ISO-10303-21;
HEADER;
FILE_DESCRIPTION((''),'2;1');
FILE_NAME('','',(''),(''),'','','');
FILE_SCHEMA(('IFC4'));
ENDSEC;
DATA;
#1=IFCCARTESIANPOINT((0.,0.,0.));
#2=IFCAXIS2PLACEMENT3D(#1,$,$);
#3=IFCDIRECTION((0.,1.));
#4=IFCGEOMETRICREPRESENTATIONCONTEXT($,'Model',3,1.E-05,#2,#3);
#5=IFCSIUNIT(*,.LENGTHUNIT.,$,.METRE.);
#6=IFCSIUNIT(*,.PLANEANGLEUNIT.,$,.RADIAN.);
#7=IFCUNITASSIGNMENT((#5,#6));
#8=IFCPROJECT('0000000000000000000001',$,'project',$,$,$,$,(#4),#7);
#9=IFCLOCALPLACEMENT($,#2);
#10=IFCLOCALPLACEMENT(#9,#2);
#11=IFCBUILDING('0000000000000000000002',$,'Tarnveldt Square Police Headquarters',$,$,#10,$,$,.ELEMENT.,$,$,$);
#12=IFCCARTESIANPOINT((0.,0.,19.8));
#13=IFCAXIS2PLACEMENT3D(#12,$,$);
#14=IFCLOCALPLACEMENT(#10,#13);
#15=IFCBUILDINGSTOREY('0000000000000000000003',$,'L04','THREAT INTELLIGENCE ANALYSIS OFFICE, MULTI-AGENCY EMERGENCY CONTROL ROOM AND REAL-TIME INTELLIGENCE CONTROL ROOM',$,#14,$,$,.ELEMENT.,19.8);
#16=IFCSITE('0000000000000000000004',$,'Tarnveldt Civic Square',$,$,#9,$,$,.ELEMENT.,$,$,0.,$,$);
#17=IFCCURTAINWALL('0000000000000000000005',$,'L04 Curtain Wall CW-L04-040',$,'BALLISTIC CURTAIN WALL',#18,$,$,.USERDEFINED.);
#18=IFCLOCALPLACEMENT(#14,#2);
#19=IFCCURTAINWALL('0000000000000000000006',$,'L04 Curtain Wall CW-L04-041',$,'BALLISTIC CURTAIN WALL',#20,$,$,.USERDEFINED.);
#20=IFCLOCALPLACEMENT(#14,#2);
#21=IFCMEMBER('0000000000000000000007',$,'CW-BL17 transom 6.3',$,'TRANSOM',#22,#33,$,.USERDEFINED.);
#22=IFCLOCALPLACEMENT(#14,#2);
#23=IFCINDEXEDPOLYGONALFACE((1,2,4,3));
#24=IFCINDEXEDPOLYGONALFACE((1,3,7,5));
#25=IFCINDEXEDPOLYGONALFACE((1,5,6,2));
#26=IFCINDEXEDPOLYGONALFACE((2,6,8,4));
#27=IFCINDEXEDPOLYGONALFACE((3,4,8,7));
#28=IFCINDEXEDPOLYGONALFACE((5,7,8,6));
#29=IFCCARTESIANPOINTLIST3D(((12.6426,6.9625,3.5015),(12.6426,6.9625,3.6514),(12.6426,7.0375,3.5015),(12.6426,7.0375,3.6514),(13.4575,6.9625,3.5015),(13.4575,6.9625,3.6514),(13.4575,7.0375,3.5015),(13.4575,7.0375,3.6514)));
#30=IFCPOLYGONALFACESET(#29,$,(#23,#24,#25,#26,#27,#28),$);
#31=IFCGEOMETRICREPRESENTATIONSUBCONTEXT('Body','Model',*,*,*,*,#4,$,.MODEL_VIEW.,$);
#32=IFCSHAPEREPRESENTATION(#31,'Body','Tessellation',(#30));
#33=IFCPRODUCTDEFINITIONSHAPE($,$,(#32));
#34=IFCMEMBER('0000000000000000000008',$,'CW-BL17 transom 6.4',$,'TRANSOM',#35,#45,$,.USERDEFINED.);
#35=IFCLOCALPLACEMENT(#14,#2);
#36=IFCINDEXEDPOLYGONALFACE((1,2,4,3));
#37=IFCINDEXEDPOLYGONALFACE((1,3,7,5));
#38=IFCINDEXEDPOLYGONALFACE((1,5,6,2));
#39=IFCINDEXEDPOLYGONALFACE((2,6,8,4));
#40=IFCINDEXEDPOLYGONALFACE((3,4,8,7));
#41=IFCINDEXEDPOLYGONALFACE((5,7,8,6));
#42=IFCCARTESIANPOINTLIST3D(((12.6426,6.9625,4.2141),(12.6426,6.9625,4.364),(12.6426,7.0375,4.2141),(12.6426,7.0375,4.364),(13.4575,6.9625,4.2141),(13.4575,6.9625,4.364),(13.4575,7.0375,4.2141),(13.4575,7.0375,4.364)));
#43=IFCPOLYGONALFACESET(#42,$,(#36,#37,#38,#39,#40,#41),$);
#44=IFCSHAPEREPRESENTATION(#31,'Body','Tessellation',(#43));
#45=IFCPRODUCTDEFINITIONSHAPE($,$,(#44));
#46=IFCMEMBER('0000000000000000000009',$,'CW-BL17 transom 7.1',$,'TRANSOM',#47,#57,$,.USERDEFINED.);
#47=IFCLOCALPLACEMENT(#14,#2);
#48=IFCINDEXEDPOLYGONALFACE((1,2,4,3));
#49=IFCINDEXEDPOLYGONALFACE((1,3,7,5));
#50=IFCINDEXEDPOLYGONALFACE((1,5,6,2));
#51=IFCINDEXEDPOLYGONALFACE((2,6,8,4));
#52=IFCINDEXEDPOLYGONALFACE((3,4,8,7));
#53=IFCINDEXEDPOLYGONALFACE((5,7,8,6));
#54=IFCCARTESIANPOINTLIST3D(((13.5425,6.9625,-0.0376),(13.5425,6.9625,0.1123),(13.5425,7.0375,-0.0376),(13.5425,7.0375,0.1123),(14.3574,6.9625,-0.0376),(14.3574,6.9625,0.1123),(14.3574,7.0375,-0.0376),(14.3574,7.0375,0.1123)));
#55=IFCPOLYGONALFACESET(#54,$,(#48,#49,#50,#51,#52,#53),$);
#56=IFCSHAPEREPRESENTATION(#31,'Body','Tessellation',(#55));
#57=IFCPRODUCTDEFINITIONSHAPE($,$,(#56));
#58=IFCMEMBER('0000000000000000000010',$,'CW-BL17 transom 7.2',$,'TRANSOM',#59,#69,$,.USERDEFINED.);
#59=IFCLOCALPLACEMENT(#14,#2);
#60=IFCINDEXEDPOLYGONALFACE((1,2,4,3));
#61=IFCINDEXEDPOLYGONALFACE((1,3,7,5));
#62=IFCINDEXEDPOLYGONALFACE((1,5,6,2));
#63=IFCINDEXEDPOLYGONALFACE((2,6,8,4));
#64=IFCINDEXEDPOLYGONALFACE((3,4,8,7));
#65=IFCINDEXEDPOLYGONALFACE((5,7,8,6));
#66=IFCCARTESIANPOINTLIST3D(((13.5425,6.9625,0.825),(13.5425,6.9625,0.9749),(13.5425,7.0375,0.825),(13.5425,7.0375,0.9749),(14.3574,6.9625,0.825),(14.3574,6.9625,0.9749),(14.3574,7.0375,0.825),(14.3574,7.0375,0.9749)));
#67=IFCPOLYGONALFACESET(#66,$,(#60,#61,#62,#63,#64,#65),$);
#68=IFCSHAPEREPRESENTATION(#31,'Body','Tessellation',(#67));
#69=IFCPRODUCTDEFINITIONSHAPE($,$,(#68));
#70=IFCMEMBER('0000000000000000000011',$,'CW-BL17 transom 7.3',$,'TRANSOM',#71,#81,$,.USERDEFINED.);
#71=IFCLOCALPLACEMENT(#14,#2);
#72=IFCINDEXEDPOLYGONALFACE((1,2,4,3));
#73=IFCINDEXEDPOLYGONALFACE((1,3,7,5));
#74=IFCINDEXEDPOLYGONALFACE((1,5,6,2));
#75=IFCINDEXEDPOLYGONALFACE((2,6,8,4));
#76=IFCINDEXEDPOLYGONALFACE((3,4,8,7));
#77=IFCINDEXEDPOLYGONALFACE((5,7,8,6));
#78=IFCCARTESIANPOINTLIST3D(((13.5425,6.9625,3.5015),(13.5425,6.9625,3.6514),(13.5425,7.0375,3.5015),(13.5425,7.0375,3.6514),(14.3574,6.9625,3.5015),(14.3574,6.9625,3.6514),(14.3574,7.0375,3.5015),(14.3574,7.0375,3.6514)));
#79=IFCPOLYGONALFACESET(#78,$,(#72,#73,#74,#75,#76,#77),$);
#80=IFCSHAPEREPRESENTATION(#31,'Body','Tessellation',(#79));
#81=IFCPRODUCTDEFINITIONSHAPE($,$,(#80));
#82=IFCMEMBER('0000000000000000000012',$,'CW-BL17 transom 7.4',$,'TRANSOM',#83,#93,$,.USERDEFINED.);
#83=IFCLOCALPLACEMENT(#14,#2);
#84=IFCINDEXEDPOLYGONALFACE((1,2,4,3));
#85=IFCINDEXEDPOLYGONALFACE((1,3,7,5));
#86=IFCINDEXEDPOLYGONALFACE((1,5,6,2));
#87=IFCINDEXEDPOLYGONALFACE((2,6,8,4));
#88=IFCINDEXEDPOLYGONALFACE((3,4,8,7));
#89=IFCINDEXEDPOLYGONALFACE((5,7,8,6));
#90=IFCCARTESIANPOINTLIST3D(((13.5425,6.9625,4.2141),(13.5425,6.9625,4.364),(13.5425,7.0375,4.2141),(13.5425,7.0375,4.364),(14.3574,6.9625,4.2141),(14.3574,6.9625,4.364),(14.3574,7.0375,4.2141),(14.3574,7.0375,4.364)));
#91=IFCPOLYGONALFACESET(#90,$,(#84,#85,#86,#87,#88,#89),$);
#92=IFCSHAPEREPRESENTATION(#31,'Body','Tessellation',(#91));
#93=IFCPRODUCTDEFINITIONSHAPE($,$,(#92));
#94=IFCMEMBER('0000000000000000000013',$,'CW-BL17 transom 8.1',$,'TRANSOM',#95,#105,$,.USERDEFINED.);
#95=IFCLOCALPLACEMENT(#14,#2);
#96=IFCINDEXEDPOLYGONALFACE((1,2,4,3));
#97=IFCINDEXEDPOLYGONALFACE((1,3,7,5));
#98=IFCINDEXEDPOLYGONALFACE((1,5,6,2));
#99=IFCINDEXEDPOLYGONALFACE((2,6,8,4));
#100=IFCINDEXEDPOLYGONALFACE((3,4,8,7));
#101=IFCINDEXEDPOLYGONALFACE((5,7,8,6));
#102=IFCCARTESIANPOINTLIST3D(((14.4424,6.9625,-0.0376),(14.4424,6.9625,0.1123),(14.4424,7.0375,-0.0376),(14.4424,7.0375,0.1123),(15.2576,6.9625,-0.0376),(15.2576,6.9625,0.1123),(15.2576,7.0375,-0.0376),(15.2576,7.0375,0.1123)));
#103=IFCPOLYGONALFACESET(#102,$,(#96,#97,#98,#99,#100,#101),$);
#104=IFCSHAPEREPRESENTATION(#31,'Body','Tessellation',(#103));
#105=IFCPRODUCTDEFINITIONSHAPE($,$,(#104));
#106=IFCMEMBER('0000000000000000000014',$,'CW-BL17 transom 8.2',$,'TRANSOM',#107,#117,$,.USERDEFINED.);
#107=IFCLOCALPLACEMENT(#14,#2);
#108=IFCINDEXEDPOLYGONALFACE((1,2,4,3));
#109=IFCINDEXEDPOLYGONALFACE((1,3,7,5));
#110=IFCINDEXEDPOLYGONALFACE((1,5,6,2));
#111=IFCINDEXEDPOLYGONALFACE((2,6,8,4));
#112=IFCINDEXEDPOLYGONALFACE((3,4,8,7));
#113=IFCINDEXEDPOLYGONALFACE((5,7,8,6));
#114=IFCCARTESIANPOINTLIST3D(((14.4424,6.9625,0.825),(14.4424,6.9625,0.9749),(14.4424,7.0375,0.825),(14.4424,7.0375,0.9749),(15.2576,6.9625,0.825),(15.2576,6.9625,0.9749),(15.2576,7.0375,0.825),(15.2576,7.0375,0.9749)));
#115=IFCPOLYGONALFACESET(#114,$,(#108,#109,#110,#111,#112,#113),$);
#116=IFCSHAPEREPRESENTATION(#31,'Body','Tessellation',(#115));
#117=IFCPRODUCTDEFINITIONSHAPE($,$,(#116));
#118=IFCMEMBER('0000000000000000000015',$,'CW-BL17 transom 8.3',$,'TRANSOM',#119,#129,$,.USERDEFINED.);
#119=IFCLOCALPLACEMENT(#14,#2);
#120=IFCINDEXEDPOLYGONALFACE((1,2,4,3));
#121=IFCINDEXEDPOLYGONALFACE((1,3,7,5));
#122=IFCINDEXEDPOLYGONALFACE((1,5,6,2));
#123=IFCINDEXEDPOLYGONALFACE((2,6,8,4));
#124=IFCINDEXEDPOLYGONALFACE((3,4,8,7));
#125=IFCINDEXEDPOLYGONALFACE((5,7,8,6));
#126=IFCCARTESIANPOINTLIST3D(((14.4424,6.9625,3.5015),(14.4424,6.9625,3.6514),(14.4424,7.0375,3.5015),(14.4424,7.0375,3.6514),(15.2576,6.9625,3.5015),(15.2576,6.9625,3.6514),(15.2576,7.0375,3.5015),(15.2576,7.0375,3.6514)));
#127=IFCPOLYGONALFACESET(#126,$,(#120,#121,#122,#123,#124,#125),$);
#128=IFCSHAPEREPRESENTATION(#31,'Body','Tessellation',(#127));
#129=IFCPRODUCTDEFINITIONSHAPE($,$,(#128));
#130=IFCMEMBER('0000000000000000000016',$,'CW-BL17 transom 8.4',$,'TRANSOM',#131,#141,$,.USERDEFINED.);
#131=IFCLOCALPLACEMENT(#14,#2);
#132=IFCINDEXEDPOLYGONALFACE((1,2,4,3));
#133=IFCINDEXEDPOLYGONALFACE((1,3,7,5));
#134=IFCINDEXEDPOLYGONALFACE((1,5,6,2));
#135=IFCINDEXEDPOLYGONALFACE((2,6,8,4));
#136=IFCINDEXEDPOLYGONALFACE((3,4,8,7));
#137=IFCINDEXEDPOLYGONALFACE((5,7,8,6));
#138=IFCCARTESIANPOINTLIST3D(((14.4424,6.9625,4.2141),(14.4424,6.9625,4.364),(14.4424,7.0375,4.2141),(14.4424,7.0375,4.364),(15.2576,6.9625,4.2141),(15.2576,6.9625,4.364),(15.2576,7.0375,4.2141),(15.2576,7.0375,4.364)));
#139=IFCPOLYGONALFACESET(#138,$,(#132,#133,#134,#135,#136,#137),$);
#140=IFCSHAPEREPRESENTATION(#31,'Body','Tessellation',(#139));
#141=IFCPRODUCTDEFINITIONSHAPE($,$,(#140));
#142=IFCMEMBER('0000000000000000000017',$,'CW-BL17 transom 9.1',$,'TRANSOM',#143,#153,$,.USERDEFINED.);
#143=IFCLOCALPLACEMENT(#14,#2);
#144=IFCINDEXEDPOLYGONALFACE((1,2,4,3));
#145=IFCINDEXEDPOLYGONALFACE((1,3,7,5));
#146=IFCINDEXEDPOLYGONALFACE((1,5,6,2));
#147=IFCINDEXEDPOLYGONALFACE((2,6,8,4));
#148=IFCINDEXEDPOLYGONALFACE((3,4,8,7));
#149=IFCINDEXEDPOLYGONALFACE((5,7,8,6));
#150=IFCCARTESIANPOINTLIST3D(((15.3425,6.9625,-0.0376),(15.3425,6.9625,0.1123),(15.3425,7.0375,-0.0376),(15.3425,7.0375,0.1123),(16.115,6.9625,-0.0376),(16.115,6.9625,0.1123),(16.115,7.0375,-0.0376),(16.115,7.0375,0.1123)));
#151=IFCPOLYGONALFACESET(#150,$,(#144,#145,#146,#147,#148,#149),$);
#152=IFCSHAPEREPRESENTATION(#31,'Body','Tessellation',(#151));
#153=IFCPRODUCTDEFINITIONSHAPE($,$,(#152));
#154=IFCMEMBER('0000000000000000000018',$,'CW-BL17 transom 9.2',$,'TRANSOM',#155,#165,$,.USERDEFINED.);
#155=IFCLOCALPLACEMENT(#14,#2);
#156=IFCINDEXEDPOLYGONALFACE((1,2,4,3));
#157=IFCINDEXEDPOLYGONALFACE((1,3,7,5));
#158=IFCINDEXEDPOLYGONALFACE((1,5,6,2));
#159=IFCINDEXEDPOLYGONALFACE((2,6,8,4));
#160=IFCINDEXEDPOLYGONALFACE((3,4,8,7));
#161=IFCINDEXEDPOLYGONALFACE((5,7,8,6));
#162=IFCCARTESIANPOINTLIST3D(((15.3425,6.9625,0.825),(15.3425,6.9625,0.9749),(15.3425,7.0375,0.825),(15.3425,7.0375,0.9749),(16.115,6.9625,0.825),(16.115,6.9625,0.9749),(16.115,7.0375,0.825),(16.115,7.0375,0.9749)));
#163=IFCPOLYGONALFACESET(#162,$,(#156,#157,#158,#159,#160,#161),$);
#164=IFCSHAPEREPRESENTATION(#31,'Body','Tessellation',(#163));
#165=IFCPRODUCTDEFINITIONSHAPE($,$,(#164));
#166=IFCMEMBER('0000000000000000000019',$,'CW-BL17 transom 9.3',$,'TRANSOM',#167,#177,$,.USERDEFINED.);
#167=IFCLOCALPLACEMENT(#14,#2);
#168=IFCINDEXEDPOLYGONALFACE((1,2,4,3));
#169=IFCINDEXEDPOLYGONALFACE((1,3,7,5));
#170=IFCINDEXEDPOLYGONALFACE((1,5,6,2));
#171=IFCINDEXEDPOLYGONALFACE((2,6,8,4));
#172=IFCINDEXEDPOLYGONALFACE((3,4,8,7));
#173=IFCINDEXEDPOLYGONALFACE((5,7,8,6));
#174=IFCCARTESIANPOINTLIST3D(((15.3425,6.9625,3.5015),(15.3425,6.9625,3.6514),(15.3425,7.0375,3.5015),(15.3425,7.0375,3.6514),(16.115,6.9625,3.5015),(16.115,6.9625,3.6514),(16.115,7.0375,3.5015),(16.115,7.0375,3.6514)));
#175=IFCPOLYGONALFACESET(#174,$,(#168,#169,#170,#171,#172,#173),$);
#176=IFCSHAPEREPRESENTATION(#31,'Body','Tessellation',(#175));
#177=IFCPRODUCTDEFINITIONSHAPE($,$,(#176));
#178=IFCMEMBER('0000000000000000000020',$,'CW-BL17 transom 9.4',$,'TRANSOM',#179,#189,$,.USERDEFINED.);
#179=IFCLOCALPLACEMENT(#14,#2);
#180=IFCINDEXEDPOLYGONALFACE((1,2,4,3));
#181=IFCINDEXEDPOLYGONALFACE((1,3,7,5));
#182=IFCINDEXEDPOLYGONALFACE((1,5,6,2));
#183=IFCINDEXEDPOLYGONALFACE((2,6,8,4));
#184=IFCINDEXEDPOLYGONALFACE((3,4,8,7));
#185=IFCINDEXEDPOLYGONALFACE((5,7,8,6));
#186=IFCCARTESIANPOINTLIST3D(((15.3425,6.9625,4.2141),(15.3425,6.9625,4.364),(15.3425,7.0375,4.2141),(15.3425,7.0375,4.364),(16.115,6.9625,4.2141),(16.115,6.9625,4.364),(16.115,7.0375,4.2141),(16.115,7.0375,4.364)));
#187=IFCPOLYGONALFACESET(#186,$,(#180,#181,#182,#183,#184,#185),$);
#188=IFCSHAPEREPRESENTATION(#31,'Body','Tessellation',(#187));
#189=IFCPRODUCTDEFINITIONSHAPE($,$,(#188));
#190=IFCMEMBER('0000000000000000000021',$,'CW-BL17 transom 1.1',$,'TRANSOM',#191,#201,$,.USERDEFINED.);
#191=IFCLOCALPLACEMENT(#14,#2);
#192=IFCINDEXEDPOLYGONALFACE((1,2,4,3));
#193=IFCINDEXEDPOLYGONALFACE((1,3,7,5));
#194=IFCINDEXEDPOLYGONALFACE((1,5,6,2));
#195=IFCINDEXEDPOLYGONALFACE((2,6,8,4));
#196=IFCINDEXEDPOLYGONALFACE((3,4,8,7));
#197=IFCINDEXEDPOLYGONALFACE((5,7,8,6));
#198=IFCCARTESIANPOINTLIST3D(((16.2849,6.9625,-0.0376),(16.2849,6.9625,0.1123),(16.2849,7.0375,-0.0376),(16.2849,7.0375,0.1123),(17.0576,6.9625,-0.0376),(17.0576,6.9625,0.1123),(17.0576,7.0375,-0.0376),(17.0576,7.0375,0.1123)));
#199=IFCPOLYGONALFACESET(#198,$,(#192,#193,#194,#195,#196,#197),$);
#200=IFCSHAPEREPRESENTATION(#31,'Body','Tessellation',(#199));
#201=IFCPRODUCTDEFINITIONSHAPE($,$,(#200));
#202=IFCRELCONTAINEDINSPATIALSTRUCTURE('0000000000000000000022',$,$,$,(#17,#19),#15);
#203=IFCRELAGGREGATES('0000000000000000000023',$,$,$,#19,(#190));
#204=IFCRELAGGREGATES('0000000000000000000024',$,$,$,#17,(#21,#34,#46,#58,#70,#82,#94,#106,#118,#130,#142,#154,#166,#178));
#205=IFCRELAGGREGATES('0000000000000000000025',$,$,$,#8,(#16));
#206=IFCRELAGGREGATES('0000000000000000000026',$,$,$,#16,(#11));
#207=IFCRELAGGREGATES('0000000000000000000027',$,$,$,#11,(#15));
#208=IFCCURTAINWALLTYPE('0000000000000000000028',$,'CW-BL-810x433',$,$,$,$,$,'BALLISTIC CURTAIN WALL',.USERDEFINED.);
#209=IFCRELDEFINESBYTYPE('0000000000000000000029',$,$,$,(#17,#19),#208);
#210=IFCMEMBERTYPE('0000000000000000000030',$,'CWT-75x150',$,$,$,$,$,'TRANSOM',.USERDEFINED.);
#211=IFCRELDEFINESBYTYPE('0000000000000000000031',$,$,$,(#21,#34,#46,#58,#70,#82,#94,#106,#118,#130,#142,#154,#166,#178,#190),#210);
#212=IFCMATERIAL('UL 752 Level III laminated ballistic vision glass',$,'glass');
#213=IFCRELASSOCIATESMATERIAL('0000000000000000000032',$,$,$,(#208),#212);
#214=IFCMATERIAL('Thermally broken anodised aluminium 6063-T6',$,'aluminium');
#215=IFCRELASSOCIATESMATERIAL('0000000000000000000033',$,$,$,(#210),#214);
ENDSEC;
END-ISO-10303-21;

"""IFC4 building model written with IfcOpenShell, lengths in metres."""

from ifc_helpers import new_model, si_unit, direction, frame, origin, origin_2d, place, context, subcontext, project, spatial, rectangle, extrude, material, material_profile, profile_set, type_object, element, aggregate, save


model = new_model("IFC4")

# Units and contexts
model_context = context("Model", 3, precision=1e-05, world=origin(), true_north=direction((0.0, 1.0)))
body_context = subcontext(model_context, "Body", "Model", "MODEL_VIEW")
ifc_project = project(units=[si_unit("LENGTHUNIT", "METRE"), si_unit("PLANEANGLEUNIT", "RADIAN")], contexts=[model_context])

# Site, building, storey
site_placement = place(None, origin())
site = spatial("IfcSite", under=ifc_project, at=site_placement, Name="Tarnveldt Civic Square", CompositionType="ELEMENT", RefElevation=0.0)
building_placement = place(site_placement, origin())
building = spatial("IfcBuilding", under=site, at=building_placement, Name="Tarnveldt Square Police Headquarters", CompositionType="ELEMENT")
storey_placement = place(building_placement, frame((0.0, 0.0, 19.8)))
storey = spatial("IfcBuildingStorey", under=building, at=storey_placement, Name="L04", Description="THREAT INTELLIGENCE ANALYSIS OFFICE, MULTI-AGENCY EMERGENCY CONTROL ROOM AND REAL-TIME INTELLIGENCE CONTROL ROOM", CompositionType="ELEMENT", Elevation=19.8)

# Curtain wall
ifc_material_1 = material(Name="UL 752 Level III laminated ballistic vision glass", Category="glass")
curtain_wall_type = type_object("IfcCurtainWallType", Name="CW-BL-810x433", ElementType="BALLISTIC CURTAIN WALL", PredefinedType="USERDEFINED", material=ifc_material_1)
curtain_wall_1_placement = place(storey_placement, origin())
curtain_wall_1 = element("IfcCurtainWall", 1, at=curtain_wall_1_placement, inside=storey, type_object=curtain_wall_type, Name="L04 Curtain Wall CW-L04-040", ObjectType="BALLISTIC CURTAIN WALL", PredefinedType="USERDEFINED")
ifc_material_2 = material(Name="Thermally broken anodised aluminium 6063-T6", Category="aluminium")

# Curtain wall
curtain_wall_2_placement = place(storey_placement, origin())
curtain_wall_2 = element("IfcCurtainWall", 2, at=curtain_wall_2_placement, inside=storey, type_object=curtain_wall_type, Name="L04 Curtain Wall CW-L04-041", ObjectType="BALLISTIC CURTAIN WALL", PredefinedType="USERDEFINED")

# Members
ifc_material_profile_1 = material_profile(ifc_material_2, rectangle(XDim=0.075, YDim=0.1499, at=origin_2d()), Name="CW-T75x150")
ifc_profile_set_1 = profile_set([ifc_material_profile_1], Name="Thermally broken anodised aluminium 6063-T6")
member_type_1 = type_object("IfcMemberType", Name="CWT-75x150", ElementType="TRANSOM", PredefinedType="USERDEFINED", material=ifc_profile_set_1)
member_1_placement = place(storey_placement, frame((12.6426, 7.0, 3.5764), z_axis=(1.0, 0.0, 0.0), x_axis=(0.0, 1.0, 0.0)))
member_1 = element("IfcMember", 3, at=member_1_placement, type_object=member_type_1, Name="CW-BL17 transom 6.3", ObjectType="TRANSOM", PredefinedType="USERDEFINED", context=body_context, shape_type="SweptSolid", body=[
    extrude(rectangle(XDim=0.075, YDim=0.1499, at=origin_2d()), origin(), (0.0, 0.0, 1.0), 0.8149),
])
member_2_placement = place(storey_placement, frame((12.6426, 7.0, 4.2891), z_axis=(1.0, 0.0, 0.0), x_axis=(0.0, 1.0, 0.0)))
member_2 = element("IfcMember", 4, at=member_2_placement, type_object=member_type_1, Name="CW-BL17 transom 6.4", ObjectType="TRANSOM", PredefinedType="USERDEFINED", context=body_context, shape_type="SweptSolid", body=[
    extrude(rectangle(XDim=0.075, YDim=0.1499, at=origin_2d()), origin(), (0.0, 0.0, 1.0), 0.8149),
])
member_3_placement = place(storey_placement, frame((13.5425, 7.0, 0.0374), z_axis=(1.0, 0.0, 0.0), x_axis=(0.0, 1.0, 0.0)))
member_3 = element("IfcMember", 5, at=member_3_placement, type_object=member_type_1, Name="CW-BL17 transom 7.1", ObjectType="TRANSOM", PredefinedType="USERDEFINED", context=body_context, shape_type="SweptSolid", body=[
    extrude(rectangle(XDim=0.075, YDim=0.1499, at=origin_2d()), origin(), (0.0, 0.0, 1.0), 0.8149),
])
member_4_placement = place(storey_placement, frame((13.5425, 7.0, 0.8999), z_axis=(1.0, 0.0, 0.0), x_axis=(0.0, 1.0, 0.0)))
member_4 = element("IfcMember", 6, at=member_4_placement, type_object=member_type_1, Name="CW-BL17 transom 7.2", ObjectType="TRANSOM", PredefinedType="USERDEFINED", context=body_context, shape_type="SweptSolid", body=[
    extrude(rectangle(XDim=0.075, YDim=0.1499, at=origin_2d()), origin(), (0.0, 0.0, 1.0), 0.8149),
])
member_5_placement = place(storey_placement, frame((13.5425, 7.0, 3.5764), z_axis=(1.0, 0.0, 0.0), x_axis=(0.0, 1.0, 0.0)))
member_5 = element("IfcMember", 7, at=member_5_placement, type_object=member_type_1, Name="CW-BL17 transom 7.3", ObjectType="TRANSOM", PredefinedType="USERDEFINED", context=body_context, shape_type="SweptSolid", body=[
    extrude(rectangle(XDim=0.075, YDim=0.1499, at=origin_2d()), origin(), (0.0, 0.0, 1.0), 0.8149),
])
member_6_placement = place(storey_placement, frame((13.5425, 7.0, 4.2891), z_axis=(1.0, 0.0, 0.0), x_axis=(0.0, 1.0, 0.0)))
member_6 = element("IfcMember", 8, at=member_6_placement, type_object=member_type_1, Name="CW-BL17 transom 7.4", ObjectType="TRANSOM", PredefinedType="USERDEFINED", context=body_context, shape_type="SweptSolid", body=[
    extrude(rectangle(XDim=0.075, YDim=0.1499, at=origin_2d()), origin(), (0.0, 0.0, 1.0), 0.8149),
])
member_7_placement = place(storey_placement, frame((14.4424, 7.0, 0.0374), z_axis=(1.0, 0.0, 0.0), x_axis=(0.0, 1.0, 0.0)))
member_7 = element("IfcMember", 9, at=member_7_placement, type_object=member_type_1, Name="CW-BL17 transom 8.1", ObjectType="TRANSOM", PredefinedType="USERDEFINED", context=body_context, shape_type="SweptSolid", body=[
    extrude(rectangle(XDim=0.075, YDim=0.1499, at=origin_2d()), origin(), (0.0, 0.0, 1.0), 0.8152),
])
member_8_placement = place(storey_placement, frame((14.4424, 7.0, 0.8999), z_axis=(1.0, 0.0, 0.0), x_axis=(0.0, 1.0, 0.0)))
member_8 = element("IfcMember", 10, at=member_8_placement, type_object=member_type_1, Name="CW-BL17 transom 8.2", ObjectType="TRANSOM", PredefinedType="USERDEFINED", context=body_context, shape_type="SweptSolid", body=[
    extrude(rectangle(XDim=0.075, YDim=0.1499, at=origin_2d()), origin(), (0.0, 0.0, 1.0), 0.8152),
])
member_9_placement = place(storey_placement, frame((14.4424, 7.0, 3.5764), z_axis=(1.0, 0.0, 0.0), x_axis=(0.0, 1.0, 0.0)))
member_9 = element("IfcMember", 11, at=member_9_placement, type_object=member_type_1, Name="CW-BL17 transom 8.3", ObjectType="TRANSOM", PredefinedType="USERDEFINED", context=body_context, shape_type="SweptSolid", body=[
    extrude(rectangle(XDim=0.075, YDim=0.1499, at=origin_2d()), origin(), (0.0, 0.0, 1.0), 0.8152),
])
member_10_placement = place(storey_placement, frame((14.4424, 7.0, 4.2891), z_axis=(1.0, 0.0, 0.0), x_axis=(0.0, 1.0, 0.0)))
member_10 = element("IfcMember", 12, at=member_10_placement, type_object=member_type_1, Name="CW-BL17 transom 8.4", ObjectType="TRANSOM", PredefinedType="USERDEFINED", context=body_context, shape_type="SweptSolid", body=[
    extrude(rectangle(XDim=0.075, YDim=0.1499, at=origin_2d()), origin(), (0.0, 0.0, 1.0), 0.8152),
])
member_11_placement = place(storey_placement, frame((15.3425, 7.0, 0.0374), z_axis=(1.0, 0.0, 0.0), x_axis=(0.0, 1.0, 0.0)))
member_11 = element("IfcMember", 13, at=member_11_placement, type_object=member_type_1, Name="CW-BL17 transom 9.1", ObjectType="TRANSOM", PredefinedType="USERDEFINED", context=body_context, shape_type="SweptSolid", body=[
    extrude(rectangle(XDim=0.075, YDim=0.1499, at=origin_2d()), origin(), (0.0, 0.0, 1.0), 0.7725),
])
member_12_placement = place(storey_placement, frame((15.3425, 7.0, 0.8999), z_axis=(1.0, 0.0, 0.0), x_axis=(0.0, 1.0, 0.0)))
member_12 = element("IfcMember", 14, at=member_12_placement, type_object=member_type_1, Name="CW-BL17 transom 9.2", ObjectType="TRANSOM", PredefinedType="USERDEFINED", context=body_context, shape_type="SweptSolid", body=[
    extrude(rectangle(XDim=0.075, YDim=0.1499, at=origin_2d()), origin(), (0.0, 0.0, 1.0), 0.7725),
])
member_13_placement = place(storey_placement, frame((15.3425, 7.0, 3.5764), z_axis=(1.0, 0.0, 0.0), x_axis=(0.0, 1.0, 0.0)))
member_13 = element("IfcMember", 15, at=member_13_placement, type_object=member_type_1, Name="CW-BL17 transom 9.3", ObjectType="TRANSOM", PredefinedType="USERDEFINED", context=body_context, shape_type="SweptSolid", body=[
    extrude(rectangle(XDim=0.075, YDim=0.1499, at=origin_2d()), origin(), (0.0, 0.0, 1.0), 0.7725),
])
member_14_placement = place(storey_placement, frame((15.3425, 7.0, 4.2891), z_axis=(1.0, 0.0, 0.0), x_axis=(0.0, 1.0, 0.0)))
member_14 = element("IfcMember", 16, at=member_14_placement, type_object=member_type_1, Name="CW-BL17 transom 9.4", ObjectType="TRANSOM", PredefinedType="USERDEFINED", context=body_context, shape_type="SweptSolid", body=[
    extrude(rectangle(XDim=0.075, YDim=0.1499, at=origin_2d()), origin(), (0.0, 0.0, 1.0), 0.7725),
])
member_15_placement = place(storey_placement, frame((16.2849, 7.0, 0.0374), z_axis=(1.0, 0.0, 0.0), x_axis=(0.0, 1.0, 0.0)))
member_15 = element("IfcMember", 17, at=member_15_placement, type_object=member_type_1, Name="CW-BL17 transom 1.1", ObjectType="TRANSOM", PredefinedType="USERDEFINED", context=body_context, shape_type="SweptSolid", body=[
    extrude(rectangle(XDim=0.075, YDim=0.1499, at=origin_2d()), origin(), (0.0, 0.0, 1.0), 0.7727),
])
aggregate(curtain_wall_2, [member_15])

aggregate(curtain_wall_1, [member_1, member_2, member_3, member_4, member_5, member_6, member_7, member_8, member_9, member_10, member_11, member_12, member_13, member_14])

save(model, "model.ifc")
